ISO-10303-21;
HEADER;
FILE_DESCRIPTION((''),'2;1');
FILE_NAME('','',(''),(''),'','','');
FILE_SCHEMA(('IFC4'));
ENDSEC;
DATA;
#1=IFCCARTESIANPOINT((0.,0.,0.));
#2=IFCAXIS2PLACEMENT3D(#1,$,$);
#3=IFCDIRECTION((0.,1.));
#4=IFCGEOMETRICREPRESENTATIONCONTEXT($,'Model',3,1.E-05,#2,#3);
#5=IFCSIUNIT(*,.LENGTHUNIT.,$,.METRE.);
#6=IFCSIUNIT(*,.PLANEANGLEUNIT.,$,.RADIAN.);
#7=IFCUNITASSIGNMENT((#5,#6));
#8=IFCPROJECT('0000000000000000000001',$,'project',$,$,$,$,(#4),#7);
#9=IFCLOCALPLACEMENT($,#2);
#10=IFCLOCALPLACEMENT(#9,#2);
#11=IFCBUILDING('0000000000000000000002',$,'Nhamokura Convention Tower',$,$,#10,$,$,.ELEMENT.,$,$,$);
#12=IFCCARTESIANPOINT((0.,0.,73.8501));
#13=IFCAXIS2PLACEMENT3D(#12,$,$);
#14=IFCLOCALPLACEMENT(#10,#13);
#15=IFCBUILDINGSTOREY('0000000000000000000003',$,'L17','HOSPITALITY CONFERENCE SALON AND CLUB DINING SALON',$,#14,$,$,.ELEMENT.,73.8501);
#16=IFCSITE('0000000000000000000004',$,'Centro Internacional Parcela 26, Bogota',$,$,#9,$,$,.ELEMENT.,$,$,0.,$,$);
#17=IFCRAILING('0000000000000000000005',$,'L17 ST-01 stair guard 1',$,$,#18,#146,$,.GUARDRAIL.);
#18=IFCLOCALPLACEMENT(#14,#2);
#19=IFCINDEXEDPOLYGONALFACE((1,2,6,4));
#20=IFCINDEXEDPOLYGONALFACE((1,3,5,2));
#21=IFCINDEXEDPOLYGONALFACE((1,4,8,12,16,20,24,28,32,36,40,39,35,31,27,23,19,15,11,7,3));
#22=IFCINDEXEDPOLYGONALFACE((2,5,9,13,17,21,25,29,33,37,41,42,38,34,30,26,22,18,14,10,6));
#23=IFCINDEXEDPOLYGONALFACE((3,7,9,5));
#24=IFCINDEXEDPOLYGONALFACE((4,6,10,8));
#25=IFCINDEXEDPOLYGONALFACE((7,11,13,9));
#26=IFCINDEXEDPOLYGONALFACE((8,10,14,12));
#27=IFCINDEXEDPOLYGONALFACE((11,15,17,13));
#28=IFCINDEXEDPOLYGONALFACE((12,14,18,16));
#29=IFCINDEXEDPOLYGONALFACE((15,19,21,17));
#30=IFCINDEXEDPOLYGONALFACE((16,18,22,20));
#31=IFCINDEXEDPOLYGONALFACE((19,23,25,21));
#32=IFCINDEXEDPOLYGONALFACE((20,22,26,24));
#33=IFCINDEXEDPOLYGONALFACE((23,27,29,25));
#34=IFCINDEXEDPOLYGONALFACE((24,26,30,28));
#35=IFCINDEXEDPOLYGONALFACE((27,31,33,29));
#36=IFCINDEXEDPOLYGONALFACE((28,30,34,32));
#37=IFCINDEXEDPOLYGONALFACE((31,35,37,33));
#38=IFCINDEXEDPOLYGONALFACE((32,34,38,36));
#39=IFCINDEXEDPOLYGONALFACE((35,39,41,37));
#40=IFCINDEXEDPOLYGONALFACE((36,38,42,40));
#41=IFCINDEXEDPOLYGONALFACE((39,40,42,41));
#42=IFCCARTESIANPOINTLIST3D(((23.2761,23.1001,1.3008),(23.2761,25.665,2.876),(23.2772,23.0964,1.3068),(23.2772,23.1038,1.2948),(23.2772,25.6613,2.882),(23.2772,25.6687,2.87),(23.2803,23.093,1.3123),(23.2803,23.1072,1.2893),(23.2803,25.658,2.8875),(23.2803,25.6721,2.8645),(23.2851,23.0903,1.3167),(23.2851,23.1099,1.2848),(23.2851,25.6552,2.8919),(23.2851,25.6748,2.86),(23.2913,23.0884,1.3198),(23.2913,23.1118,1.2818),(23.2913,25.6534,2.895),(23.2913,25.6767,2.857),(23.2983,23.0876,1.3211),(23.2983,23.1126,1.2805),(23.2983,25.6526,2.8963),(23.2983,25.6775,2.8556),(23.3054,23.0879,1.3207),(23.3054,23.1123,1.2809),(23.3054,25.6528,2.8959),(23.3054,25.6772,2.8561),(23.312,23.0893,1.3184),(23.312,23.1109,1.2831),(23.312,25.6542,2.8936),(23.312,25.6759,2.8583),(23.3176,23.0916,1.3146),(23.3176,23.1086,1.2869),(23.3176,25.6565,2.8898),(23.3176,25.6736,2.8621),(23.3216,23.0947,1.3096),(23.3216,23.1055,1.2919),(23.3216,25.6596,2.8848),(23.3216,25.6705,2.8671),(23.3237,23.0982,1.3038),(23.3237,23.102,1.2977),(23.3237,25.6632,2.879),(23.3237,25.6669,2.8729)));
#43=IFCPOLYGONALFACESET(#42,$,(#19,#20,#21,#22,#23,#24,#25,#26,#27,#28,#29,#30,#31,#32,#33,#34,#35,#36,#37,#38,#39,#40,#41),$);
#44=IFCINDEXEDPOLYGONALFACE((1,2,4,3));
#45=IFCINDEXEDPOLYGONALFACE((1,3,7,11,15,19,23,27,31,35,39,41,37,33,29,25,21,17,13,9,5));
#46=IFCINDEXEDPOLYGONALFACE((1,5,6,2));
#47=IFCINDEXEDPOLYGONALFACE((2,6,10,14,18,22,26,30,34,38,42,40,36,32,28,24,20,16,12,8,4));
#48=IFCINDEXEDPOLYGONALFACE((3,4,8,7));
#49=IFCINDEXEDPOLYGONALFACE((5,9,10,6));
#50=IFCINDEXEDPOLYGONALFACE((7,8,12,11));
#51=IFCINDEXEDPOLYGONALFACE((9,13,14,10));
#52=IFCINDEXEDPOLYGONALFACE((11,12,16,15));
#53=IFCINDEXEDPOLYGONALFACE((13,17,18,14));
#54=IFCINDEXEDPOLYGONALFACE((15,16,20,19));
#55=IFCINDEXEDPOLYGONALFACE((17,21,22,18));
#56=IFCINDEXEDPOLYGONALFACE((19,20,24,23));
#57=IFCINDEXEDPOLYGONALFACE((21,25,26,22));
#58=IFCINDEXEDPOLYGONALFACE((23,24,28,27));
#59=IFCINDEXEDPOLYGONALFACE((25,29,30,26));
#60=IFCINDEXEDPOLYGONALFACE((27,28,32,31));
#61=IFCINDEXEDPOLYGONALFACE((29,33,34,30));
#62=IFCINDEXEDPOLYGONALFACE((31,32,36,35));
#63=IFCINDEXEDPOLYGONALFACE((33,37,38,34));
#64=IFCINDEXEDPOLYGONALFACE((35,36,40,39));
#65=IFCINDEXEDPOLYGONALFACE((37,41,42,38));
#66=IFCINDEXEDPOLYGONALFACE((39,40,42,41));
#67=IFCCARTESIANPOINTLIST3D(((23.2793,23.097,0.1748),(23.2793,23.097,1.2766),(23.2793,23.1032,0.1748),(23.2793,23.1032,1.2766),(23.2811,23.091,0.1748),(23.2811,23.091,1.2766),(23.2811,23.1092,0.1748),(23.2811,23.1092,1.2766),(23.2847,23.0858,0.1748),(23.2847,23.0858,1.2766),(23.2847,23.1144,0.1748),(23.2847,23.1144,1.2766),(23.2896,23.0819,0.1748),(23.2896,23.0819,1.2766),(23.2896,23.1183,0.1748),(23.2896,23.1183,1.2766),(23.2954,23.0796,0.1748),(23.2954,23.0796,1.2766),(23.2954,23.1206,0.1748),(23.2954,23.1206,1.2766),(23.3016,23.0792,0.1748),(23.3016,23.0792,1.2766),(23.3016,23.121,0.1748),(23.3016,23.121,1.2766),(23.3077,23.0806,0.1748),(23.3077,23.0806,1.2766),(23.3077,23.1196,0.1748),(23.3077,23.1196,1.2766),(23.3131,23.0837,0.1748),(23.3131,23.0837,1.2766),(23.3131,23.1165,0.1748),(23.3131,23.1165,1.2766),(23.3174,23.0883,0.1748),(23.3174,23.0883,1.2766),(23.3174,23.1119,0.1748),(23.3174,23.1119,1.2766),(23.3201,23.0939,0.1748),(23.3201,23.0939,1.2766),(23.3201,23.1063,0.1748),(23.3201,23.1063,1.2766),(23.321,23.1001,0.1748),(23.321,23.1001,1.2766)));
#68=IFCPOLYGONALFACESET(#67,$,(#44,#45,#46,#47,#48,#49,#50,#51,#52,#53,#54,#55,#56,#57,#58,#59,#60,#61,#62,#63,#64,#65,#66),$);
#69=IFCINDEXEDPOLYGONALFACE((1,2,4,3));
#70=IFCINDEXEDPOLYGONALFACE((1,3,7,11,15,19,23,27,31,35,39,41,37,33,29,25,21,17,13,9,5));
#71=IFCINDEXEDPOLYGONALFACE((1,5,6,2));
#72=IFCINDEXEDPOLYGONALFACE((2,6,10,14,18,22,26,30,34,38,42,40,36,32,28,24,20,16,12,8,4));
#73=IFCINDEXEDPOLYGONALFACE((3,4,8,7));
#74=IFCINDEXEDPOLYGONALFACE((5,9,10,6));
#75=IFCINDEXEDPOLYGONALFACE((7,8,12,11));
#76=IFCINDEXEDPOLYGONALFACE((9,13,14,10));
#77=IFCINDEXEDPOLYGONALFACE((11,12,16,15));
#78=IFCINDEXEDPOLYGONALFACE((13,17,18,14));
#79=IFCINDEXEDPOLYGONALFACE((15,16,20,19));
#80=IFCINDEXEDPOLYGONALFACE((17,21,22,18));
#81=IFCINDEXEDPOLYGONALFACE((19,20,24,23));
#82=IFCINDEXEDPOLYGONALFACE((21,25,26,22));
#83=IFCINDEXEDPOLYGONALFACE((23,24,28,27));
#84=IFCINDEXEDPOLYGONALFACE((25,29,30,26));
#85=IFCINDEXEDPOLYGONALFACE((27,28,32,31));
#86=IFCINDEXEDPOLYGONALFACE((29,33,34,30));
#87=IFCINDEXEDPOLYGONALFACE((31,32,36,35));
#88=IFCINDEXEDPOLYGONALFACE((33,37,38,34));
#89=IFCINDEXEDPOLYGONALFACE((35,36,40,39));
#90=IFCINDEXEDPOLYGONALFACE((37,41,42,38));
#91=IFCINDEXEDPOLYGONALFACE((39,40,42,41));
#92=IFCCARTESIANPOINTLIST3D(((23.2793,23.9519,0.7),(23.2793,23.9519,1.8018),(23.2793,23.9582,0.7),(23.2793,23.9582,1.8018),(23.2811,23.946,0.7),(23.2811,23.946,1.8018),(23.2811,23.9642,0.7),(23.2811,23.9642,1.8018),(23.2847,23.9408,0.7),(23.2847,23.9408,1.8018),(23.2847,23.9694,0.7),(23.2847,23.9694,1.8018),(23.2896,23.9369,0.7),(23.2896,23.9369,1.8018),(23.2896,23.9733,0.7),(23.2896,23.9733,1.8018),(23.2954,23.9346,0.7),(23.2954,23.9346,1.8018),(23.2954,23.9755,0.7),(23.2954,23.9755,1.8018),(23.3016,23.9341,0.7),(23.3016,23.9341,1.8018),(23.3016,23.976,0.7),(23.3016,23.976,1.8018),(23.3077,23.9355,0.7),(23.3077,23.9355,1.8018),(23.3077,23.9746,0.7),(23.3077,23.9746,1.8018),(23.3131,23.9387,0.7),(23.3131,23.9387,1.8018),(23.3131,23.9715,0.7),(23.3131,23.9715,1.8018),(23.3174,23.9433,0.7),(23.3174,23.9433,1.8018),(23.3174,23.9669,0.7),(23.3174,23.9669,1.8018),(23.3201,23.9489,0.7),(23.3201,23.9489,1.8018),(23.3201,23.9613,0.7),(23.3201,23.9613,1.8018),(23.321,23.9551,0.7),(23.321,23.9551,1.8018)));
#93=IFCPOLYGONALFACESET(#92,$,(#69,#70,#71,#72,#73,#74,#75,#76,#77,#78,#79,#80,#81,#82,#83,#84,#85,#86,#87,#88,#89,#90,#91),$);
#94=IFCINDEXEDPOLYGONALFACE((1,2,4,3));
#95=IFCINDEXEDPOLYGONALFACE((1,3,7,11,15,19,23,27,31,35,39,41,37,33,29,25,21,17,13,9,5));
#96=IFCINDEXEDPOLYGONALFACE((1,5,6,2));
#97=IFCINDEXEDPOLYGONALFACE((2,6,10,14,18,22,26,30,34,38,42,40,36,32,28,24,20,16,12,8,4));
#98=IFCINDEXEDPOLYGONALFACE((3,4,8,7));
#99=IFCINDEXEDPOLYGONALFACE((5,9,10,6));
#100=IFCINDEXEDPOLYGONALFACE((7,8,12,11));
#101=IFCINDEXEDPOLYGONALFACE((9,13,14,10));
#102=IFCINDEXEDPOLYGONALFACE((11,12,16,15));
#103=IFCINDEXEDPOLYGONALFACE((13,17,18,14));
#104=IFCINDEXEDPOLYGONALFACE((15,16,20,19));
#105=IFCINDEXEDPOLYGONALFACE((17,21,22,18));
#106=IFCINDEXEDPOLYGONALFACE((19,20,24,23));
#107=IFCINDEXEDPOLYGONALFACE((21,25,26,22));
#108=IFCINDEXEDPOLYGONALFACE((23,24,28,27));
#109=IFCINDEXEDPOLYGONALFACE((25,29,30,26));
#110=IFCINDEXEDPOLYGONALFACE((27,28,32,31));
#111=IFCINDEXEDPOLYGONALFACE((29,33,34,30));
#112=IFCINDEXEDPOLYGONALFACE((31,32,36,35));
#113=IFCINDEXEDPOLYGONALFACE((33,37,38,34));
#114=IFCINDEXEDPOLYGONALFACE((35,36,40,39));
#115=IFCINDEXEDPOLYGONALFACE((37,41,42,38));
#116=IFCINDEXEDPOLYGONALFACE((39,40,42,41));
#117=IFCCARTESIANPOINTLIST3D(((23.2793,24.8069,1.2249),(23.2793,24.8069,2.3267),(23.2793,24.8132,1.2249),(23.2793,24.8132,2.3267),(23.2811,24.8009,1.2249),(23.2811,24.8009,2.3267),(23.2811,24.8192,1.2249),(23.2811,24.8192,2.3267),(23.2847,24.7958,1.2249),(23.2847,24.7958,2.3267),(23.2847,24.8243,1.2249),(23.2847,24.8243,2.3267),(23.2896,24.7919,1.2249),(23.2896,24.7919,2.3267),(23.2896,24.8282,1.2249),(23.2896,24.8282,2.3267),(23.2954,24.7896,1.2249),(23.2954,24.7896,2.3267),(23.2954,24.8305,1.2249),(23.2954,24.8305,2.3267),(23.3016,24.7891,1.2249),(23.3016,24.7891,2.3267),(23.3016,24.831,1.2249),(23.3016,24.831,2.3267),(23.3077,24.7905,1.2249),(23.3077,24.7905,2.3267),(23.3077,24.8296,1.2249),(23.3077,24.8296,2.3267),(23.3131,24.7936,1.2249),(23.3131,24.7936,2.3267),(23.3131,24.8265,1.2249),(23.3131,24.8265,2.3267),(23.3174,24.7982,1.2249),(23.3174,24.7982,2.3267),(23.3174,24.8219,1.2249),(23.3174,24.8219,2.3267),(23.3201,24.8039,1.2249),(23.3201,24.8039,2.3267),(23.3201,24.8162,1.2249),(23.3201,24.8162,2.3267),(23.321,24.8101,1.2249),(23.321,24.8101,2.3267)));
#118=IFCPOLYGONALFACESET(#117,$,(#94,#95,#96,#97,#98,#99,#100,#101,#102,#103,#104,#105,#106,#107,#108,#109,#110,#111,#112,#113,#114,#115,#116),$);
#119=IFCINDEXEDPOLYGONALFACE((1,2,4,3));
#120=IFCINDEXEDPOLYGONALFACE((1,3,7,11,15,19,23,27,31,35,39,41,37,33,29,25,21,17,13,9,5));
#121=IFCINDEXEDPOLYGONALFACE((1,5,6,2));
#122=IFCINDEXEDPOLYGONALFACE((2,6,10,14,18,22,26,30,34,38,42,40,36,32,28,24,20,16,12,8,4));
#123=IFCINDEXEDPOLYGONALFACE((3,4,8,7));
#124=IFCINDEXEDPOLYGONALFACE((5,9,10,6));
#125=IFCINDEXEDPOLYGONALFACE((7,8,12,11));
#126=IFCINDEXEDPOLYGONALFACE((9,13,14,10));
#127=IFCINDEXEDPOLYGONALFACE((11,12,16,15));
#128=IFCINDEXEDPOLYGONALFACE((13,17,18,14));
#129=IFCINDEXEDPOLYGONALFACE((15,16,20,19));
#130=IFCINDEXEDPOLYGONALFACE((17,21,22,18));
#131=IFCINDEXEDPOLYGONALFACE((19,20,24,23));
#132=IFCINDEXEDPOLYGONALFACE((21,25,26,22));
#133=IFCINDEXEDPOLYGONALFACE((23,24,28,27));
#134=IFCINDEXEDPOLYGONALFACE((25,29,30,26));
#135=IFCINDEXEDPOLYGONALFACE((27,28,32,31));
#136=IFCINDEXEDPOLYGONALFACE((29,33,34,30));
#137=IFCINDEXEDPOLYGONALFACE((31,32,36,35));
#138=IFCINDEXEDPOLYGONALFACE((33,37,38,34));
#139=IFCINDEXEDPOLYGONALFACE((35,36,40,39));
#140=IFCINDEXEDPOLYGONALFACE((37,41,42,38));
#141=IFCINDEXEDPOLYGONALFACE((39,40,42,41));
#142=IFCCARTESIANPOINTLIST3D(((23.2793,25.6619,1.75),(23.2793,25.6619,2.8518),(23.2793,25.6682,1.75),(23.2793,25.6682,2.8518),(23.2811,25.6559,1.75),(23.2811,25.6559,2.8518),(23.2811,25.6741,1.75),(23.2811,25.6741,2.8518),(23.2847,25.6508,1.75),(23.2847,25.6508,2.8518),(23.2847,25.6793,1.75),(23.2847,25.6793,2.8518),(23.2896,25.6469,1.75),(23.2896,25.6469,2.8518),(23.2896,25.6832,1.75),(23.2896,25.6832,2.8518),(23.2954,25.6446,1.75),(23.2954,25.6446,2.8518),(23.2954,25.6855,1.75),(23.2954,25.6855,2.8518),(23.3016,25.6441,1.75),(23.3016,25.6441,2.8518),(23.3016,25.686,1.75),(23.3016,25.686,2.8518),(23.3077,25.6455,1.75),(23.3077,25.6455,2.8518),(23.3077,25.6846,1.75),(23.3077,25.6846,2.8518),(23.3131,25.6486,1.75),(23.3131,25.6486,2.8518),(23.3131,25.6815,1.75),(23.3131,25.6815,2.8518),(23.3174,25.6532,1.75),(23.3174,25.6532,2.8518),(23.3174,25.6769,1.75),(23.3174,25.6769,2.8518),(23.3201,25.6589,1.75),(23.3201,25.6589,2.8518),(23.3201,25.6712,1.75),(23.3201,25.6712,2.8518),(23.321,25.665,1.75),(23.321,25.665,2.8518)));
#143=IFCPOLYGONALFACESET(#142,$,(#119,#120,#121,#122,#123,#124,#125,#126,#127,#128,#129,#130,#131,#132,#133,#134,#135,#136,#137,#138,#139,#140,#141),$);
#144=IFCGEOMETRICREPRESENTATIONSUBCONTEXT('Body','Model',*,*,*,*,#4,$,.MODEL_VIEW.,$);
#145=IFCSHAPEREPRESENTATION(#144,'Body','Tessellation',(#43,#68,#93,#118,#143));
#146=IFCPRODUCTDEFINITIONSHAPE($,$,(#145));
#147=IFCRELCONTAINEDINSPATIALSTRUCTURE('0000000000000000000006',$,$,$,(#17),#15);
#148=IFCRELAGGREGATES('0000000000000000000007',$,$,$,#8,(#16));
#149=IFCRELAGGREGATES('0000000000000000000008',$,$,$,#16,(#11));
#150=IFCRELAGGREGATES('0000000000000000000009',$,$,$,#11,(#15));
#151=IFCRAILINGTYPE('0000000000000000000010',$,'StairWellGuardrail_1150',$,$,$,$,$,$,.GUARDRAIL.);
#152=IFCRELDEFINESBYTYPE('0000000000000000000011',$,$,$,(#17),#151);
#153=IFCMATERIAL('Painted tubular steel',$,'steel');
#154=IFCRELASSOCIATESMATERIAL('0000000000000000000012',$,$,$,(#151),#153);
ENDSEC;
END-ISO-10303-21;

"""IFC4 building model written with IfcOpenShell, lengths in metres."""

from ifc_helpers import new_model, si_unit, direction, frame, origin, origin_2d, place, context, subcontext, project, spatial, circle, extrude, material, type_object, element, save


model = new_model("IFC4")

# Units and contexts
model_context = context("Model", 3, precision=1e-05, world=origin(), true_north=direction((0.0, 1.0)))
body_context = subcontext(model_context, "Body", "Model", "MODEL_VIEW")
ifc_project = project(units=[si_unit("LENGTHUNIT", "METRE"), si_unit("PLANEANGLEUNIT", "RADIAN")], contexts=[model_context])

# Site, building, storey
site_placement = place(None, origin())
site = spatial("IfcSite", under=ifc_project, at=site_placement, Name="Centro Internacional Parcela 26, Bogota", CompositionType="ELEMENT", RefElevation=0.0)
building_placement = place(site_placement, origin())
building = spatial("IfcBuilding", under=site, at=building_placement, Name="Nhamokura Convention Tower", CompositionType="ELEMENT")
storey_placement = place(building_placement, frame((0.0, 0.0, 73.8501)))
storey = spatial("IfcBuildingStorey", under=building, at=storey_placement, Name="L17", Description="HOSPITALITY CONFERENCE SALON AND CLUB DINING SALON", CompositionType="ELEMENT", Elevation=73.8501)

# Railing
ifc_material_1 = material(Name="Painted tubular steel", Category="steel")
railing_type_1 = type_object("IfcRailingType", Name="StairWellGuardrail_1150", PredefinedType="GUARDRAIL", material=ifc_material_1)
railing_1_placement = place(storey_placement, frame((23.3, 23.1001, 0.1748)))
element("IfcRailing", 1, at=railing_1_placement, inside=storey, type_object=railing_type_1, Name="L17 ST-01 stair guard 1", PredefinedType="GUARDRAIL", context=body_context, shape_type="SweptSolid", body=[
    extrude(circle(Radius=0.0239, at=origin_2d()), frame((0.0, 0.0, 1.126), z_axis=(0.0, 0.852137, 0.523319), x_axis=(-1.0, 0.0, 0.0)), (0.0, 0.0, 1.0), 3.01),
    extrude(circle(Radius=0.021, at=origin_2d()), origin(), (0.0, 0.0, 1.0), 1.1018),
    extrude(circle(Radius=0.021, at=origin_2d()), frame((0.0, 0.855, 0.5251)), (0.0, 0.0, 1.0), 1.1018),
    extrude(circle(Radius=0.021, at=origin_2d()), frame((0.0, 1.71, 1.05)), (0.0, 0.0, 1.0), 1.1018),
    extrude(circle(Radius=0.021, at=origin_2d()), frame((0.0, 2.5649, 1.5752)), (0.0, 0.0, 1.0), 1.1018),
])

save(model, "model.ifc")
